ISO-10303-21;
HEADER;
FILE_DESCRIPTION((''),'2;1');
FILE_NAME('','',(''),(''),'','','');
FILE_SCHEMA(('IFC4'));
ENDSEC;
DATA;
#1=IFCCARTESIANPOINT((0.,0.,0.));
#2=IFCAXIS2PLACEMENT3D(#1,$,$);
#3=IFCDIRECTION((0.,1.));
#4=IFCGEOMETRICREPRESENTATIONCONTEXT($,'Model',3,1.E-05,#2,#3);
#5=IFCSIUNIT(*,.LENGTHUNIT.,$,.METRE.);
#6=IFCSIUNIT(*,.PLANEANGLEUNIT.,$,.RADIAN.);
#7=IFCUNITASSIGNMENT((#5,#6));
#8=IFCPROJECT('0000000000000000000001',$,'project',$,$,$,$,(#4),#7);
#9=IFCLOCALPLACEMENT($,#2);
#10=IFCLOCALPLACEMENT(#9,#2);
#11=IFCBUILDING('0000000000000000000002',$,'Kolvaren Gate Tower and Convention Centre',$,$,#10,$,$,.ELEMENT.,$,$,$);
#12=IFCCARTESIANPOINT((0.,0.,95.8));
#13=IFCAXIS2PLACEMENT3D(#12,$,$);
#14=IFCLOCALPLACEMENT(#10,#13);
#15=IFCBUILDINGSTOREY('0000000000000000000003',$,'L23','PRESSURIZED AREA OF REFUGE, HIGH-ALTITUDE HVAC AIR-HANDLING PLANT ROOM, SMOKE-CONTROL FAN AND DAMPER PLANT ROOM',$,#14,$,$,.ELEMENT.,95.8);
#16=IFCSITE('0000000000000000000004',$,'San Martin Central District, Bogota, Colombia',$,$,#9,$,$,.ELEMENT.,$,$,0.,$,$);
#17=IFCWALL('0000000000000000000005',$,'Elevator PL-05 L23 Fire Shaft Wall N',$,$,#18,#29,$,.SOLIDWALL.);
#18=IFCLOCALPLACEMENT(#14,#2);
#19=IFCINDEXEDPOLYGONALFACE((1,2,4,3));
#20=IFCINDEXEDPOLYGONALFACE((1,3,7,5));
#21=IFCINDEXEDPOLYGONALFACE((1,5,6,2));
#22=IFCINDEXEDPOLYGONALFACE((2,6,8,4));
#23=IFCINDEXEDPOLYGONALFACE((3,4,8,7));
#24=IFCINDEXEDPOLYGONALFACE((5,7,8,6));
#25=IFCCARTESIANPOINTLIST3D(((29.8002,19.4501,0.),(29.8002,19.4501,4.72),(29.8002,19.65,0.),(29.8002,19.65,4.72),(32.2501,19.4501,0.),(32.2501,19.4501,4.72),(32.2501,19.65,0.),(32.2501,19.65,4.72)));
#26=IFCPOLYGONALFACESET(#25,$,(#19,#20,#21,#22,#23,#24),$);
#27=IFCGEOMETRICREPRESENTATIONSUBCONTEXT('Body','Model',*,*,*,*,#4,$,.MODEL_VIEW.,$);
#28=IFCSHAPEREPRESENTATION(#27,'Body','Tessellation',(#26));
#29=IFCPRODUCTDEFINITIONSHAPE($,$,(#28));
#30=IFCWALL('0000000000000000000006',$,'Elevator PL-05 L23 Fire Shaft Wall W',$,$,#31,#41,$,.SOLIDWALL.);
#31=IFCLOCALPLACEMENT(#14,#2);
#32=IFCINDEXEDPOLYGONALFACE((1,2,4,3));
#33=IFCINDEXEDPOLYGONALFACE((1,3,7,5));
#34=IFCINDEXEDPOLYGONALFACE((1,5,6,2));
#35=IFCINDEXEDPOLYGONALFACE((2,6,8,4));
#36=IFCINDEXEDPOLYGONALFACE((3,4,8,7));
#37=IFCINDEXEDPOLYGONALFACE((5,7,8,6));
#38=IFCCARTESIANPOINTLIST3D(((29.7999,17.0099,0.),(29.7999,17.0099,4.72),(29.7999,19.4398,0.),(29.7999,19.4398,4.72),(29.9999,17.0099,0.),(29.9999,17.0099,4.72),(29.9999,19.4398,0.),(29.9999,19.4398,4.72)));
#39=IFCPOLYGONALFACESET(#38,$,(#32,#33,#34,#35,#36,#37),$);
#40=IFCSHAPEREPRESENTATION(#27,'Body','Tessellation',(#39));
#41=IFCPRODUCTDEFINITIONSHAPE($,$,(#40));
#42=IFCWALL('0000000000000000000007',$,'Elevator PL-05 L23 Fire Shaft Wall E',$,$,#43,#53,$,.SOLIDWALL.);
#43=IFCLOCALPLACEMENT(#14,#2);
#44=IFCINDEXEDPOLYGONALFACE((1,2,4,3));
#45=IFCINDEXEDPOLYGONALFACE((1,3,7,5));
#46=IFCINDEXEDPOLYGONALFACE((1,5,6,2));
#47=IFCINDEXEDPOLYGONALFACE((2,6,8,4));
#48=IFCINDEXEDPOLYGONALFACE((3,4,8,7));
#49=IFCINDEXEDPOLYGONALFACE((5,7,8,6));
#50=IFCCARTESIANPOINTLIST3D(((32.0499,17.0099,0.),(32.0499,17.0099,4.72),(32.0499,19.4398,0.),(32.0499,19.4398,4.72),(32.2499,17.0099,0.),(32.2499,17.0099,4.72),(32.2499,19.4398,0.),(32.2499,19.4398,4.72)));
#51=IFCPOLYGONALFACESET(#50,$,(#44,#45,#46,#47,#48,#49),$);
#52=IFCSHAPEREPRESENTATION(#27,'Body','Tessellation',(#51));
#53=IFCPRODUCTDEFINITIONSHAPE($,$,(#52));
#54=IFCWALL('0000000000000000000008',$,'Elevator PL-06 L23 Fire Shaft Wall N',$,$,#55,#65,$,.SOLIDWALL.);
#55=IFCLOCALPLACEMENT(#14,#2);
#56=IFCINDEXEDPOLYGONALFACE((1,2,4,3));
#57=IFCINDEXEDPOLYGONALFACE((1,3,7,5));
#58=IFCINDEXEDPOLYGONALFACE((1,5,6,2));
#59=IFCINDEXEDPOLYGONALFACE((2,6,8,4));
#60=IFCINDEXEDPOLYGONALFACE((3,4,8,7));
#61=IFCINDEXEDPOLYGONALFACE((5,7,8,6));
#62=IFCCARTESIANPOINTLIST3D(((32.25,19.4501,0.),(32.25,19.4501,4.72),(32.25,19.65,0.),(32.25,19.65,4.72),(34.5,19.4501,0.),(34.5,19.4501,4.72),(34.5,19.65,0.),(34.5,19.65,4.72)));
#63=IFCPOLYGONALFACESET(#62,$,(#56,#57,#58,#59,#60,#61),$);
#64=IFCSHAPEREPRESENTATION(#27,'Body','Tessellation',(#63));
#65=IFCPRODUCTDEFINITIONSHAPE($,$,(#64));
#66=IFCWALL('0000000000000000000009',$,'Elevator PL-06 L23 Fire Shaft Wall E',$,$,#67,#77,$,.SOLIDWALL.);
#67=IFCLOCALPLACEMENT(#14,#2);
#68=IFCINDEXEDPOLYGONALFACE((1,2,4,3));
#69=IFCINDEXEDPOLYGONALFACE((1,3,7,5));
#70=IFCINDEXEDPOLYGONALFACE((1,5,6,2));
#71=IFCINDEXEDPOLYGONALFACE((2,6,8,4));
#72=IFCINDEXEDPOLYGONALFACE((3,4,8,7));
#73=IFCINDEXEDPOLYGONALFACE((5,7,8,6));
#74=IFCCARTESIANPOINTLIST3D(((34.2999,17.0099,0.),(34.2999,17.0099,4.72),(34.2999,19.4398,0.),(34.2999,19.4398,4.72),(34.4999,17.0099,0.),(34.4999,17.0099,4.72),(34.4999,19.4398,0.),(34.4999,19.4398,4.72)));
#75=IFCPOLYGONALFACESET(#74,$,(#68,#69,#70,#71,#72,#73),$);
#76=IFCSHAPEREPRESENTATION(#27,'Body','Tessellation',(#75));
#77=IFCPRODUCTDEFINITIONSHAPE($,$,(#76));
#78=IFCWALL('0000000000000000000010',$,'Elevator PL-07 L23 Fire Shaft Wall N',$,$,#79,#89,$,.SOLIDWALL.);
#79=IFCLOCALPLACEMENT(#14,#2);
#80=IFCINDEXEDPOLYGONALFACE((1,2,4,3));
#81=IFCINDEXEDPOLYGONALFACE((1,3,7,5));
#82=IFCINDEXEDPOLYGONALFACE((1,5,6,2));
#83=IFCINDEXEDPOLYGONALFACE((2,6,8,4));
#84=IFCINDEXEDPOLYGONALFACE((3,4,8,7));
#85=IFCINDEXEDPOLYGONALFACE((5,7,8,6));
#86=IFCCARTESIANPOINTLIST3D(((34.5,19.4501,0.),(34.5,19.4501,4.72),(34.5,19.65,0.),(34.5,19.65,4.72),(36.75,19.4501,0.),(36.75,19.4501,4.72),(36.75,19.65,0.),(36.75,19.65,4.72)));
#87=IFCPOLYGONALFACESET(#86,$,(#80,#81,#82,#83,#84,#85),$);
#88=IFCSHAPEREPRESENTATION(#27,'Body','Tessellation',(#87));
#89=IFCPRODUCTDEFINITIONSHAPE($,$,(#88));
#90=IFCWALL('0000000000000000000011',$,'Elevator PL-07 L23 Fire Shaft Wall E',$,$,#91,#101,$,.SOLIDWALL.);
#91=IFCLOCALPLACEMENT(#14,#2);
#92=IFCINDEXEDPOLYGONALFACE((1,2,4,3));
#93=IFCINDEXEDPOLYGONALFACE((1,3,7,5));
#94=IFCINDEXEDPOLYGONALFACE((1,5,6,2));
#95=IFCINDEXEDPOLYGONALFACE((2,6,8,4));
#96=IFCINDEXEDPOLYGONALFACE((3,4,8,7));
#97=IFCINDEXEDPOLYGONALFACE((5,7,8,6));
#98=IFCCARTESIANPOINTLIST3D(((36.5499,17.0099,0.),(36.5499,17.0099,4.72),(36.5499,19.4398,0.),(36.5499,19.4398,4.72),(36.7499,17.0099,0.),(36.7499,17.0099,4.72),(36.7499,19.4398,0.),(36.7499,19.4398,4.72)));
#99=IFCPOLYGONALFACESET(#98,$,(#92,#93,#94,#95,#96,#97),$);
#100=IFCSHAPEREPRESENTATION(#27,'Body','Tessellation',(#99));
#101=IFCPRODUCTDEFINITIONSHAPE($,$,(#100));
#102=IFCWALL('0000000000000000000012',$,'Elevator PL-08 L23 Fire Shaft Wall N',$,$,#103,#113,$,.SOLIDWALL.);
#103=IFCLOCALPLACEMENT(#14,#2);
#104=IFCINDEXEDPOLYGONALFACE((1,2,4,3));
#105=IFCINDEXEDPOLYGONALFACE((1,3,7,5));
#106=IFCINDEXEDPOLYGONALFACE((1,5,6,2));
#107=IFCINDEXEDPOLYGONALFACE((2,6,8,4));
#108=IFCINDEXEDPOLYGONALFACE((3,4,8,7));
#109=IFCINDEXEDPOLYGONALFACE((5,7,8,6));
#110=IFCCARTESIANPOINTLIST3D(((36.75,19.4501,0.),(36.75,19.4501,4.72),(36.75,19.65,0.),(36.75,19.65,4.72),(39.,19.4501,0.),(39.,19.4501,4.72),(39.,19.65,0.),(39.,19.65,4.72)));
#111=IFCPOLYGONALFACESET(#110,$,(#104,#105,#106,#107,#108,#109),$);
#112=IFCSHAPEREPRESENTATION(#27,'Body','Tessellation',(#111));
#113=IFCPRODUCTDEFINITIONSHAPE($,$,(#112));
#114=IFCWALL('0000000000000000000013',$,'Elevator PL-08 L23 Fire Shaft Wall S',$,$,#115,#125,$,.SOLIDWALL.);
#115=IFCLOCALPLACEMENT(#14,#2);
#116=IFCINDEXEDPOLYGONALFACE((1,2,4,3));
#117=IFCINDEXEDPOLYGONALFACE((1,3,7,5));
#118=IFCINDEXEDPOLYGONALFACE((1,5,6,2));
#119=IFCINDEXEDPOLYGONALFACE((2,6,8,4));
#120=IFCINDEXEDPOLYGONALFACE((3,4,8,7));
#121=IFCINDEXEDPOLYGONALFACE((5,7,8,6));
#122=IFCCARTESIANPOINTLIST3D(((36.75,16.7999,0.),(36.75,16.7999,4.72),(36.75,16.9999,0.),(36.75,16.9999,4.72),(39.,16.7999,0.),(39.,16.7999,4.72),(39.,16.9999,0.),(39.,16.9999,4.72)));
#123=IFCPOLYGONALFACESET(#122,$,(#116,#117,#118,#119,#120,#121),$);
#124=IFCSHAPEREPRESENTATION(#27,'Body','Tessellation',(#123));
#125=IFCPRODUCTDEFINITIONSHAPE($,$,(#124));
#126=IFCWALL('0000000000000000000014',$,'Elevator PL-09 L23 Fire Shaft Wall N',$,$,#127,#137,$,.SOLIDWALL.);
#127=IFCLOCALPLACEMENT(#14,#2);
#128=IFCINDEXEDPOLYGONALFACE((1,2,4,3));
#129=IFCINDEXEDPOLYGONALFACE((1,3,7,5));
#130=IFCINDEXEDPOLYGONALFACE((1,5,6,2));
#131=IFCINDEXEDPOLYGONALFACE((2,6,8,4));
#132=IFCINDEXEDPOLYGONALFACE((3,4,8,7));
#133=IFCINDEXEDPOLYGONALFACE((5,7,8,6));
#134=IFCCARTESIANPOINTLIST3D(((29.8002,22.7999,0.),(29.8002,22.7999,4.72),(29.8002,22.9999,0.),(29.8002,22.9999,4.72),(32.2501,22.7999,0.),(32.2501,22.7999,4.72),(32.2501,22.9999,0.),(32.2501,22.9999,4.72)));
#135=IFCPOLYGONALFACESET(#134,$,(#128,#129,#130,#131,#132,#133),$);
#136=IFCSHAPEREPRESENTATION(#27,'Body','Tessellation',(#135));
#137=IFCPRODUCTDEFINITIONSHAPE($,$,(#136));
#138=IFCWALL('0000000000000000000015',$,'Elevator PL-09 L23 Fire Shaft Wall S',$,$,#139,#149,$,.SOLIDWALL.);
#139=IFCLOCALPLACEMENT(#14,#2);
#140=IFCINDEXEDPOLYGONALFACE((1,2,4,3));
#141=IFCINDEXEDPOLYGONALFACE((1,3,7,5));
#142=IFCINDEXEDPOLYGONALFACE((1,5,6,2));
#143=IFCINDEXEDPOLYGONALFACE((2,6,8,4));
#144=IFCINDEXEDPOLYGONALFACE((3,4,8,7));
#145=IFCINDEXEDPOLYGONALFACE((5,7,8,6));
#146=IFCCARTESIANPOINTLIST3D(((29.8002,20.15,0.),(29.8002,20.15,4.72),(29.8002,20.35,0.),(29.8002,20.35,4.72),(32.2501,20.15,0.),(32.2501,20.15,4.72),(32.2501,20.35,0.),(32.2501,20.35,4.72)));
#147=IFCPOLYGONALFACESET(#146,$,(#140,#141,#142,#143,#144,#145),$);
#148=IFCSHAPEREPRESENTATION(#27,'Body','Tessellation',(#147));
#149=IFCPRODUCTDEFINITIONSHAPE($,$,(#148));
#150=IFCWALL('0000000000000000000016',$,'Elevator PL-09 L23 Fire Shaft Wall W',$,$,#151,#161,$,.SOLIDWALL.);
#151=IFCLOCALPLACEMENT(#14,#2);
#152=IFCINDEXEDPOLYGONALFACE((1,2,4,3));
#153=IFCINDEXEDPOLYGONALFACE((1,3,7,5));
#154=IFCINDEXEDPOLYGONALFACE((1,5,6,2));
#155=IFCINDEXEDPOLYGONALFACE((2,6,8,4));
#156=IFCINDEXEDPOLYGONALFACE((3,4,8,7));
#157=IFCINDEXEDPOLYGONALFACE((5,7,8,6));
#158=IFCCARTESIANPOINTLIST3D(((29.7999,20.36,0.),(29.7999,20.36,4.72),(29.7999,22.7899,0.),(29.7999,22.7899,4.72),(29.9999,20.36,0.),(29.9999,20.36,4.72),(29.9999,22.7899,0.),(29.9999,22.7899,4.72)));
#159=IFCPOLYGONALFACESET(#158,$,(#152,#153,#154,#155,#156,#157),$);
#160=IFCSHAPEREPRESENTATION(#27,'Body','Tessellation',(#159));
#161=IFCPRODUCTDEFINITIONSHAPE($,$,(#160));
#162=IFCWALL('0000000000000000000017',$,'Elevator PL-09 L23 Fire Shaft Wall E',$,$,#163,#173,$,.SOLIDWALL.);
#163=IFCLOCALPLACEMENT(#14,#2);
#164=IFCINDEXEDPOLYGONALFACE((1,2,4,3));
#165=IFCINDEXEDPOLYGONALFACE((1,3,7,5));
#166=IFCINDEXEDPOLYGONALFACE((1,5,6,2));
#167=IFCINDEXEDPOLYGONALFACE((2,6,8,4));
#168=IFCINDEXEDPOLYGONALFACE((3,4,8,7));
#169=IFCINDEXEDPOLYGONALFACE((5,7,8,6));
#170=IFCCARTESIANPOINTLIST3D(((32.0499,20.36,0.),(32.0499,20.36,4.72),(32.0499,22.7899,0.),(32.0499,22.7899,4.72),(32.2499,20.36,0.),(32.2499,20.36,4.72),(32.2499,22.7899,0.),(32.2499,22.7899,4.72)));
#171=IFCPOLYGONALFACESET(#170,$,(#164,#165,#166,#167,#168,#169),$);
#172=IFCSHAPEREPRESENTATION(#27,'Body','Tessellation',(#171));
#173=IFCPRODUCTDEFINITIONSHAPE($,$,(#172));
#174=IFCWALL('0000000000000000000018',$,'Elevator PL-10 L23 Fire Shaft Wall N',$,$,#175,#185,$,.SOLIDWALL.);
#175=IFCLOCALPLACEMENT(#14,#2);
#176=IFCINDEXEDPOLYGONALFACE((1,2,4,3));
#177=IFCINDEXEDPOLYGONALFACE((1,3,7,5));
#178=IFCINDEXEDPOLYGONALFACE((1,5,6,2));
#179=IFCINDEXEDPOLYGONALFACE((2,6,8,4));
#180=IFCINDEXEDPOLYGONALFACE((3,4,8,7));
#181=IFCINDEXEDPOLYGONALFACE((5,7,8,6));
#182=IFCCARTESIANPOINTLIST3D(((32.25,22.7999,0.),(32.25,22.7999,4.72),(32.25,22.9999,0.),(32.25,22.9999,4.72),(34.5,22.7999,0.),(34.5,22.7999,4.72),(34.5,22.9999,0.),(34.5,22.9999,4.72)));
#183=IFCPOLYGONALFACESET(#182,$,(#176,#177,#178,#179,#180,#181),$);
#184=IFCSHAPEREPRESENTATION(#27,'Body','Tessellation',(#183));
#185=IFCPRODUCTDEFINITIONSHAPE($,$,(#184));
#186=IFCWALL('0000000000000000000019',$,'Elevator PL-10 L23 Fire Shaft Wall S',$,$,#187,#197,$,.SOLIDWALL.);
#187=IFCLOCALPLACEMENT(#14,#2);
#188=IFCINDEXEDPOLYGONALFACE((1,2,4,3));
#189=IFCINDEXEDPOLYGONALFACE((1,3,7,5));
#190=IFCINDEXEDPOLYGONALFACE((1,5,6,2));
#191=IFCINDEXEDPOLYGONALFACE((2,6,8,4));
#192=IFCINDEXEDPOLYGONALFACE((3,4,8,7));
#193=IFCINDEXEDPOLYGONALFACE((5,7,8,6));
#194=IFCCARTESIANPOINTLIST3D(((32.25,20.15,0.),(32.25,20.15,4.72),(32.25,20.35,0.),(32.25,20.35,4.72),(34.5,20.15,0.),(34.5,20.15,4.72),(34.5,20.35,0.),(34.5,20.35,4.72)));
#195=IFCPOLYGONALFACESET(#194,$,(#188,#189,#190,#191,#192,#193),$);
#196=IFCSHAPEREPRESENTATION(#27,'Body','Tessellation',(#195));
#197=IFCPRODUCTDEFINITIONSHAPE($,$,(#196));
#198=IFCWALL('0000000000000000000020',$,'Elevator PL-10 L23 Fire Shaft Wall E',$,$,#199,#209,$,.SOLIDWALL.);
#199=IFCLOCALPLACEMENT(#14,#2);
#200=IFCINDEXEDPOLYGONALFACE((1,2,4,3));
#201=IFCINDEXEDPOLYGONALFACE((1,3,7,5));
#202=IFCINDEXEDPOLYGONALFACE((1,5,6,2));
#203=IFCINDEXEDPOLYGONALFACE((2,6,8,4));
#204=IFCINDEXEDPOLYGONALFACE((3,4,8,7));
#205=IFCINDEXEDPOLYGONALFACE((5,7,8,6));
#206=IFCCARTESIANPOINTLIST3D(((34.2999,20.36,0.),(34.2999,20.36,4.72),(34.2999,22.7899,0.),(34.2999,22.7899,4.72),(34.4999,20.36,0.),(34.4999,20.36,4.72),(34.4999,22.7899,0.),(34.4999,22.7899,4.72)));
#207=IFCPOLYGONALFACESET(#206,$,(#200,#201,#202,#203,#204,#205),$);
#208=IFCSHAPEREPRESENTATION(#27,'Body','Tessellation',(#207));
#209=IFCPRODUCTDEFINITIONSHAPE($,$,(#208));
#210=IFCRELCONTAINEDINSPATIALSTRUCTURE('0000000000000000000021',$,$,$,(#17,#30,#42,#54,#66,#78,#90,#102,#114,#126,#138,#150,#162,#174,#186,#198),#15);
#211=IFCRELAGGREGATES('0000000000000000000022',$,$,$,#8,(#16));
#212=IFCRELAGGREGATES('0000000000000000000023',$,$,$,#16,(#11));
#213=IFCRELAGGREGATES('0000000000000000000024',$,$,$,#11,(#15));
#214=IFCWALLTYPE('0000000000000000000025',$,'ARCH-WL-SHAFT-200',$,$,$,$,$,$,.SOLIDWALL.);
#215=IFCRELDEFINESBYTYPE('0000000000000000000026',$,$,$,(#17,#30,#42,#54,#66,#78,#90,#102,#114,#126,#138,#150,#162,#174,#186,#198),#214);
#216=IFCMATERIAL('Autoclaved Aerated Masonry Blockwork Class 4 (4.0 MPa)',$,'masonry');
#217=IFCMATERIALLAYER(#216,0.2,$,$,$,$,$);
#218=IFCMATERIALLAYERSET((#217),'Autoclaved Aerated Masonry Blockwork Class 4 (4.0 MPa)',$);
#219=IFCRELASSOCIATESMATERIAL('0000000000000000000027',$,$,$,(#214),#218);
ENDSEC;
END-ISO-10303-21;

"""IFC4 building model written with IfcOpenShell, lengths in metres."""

from ifc_helpers import new_model, si_unit, direction, frame, frame_2d, origin, place, context, subcontext, project, spatial, rectangle, extrude, material, layer, layer_set, type_object, element, save


model = new_model("IFC4")

# Units and contexts
model_context = context("Model", 3, precision=1e-05, world=origin(), true_north=direction((0.0, 1.0)))
body_context = subcontext(model_context, "Body", "Model", "MODEL_VIEW")
ifc_project = project(units=[si_unit("LENGTHUNIT", "METRE"), si_unit("PLANEANGLEUNIT", "RADIAN")], contexts=[model_context])

# Site, building, storey
site_placement = place(None, origin())
site = spatial("IfcSite", under=ifc_project, at=site_placement, Name="San Martin Central District, Bogota, Colombia", CompositionType="ELEMENT", RefElevation=0.0)
building_placement = place(site_placement, origin())
building = spatial("IfcBuilding", under=site, at=building_placement, Name="Kolvaren Gate Tower and Convention Centre", CompositionType="ELEMENT")
storey_placement = place(building_placement, frame((0.0, 0.0, 95.8)))
storey = spatial("IfcBuildingStorey", under=building, at=storey_placement, Name="L23", Description="PRESSURIZED AREA OF REFUGE, HIGH-ALTITUDE HVAC AIR-HANDLING PLANT ROOM, SMOKE-CONTROL FAN AND DAMPER PLANT ROOM", CompositionType="ELEMENT", Elevation=95.8)

# Walls
ifc_material_1 = material(Name="Autoclaved Aerated Masonry Blockwork Class 4 (4.0 MPa)", Category="masonry")
ifc_layer = layer(ifc_material_1, 0.2)
ifc_layer_set = layer_set([ifc_layer], Name="Autoclaved Aerated Masonry Blockwork Class 4 (4.0 MPa)")
wall_type = type_object("IfcWallType", Name="ARCH-WL-SHAFT-200", PredefinedType="SOLIDWALL", material=ifc_layer_set)
wall_1_placement = place(storey_placement, frame((29.8, 19.55, 0.0), z_axis=(0.0, 0.0, 1.0), x_axis=(1.0, 0.0, 0.0)))
element("IfcWall", 1, at=wall_1_placement, inside=storey, type_object=wall_type, Name="Elevator PL-05 L23 Fire Shaft Wall N", PredefinedType="SOLIDWALL", context=body_context, shape_type="SweptSolid", body=[
    extrude(rectangle(XDim=2.45, YDim=0.2, at=frame_2d((1.2251, 0.0))), origin(), (0.0, 0.0, 1.0), 4.72),
])
for number, where, z_axis, x_axis, name in (
    (2, (29.8999, 17.01, 0.0), (0.0, 0.0, 1.0), (0.0, 1.0, 0.0), "Elevator PL-05 L23 Fire Shaft Wall W"),
    (3, (32.1499, 17.01, 0.0), (0.0, 0.0, 1.0), (0.0, 1.0, 0.0), "Elevator PL-05 L23 Fire Shaft Wall E"),
):
    element("IfcWall", number, at=place(storey_placement, frame(where, z_axis=z_axis, x_axis=x_axis)), inside=storey, type_object=wall_type, Name=name, PredefinedType="SOLIDWALL", context=body_context, shape_type="SweptSolid", body=[
        extrude(rectangle(XDim=2.4299, YDim=0.2, at=frame_2d((1.2148, 0.0))), origin(), (0.0, 0.0, 1.0), 4.72),
    ])
wall_2_placement = place(storey_placement, frame((32.25, 19.55, 0.0), z_axis=(0.0, 0.0, 1.0), x_axis=(1.0, 0.0, 0.0)))
element("IfcWall", 4, at=wall_2_placement, inside=storey, type_object=wall_type, Name="Elevator PL-06 L23 Fire Shaft Wall N", PredefinedType="SOLIDWALL", context=body_context, shape_type="SweptSolid", body=[
    extrude(rectangle(XDim=2.25, YDim=0.2, at=frame_2d((1.125, 0.0))), origin(), (0.0, 0.0, 1.0), 4.72),
])
wall_3_placement = place(storey_placement, frame((34.3999, 17.01, 0.0), z_axis=(0.0, 0.0, 1.0), x_axis=(0.0, 1.0, 0.0)))
element("IfcWall", 5, at=wall_3_placement, inside=storey, type_object=wall_type, Name="Elevator PL-06 L23 Fire Shaft Wall E", PredefinedType="SOLIDWALL", context=body_context, shape_type="SweptSolid", body=[
    extrude(rectangle(XDim=2.4299, YDim=0.2, at=frame_2d((1.2148, 0.0))), origin(), (0.0, 0.0, 1.0), 4.72),
])
wall_4_placement = place(storey_placement, frame((34.5, 19.55, 0.0), z_axis=(0.0, 0.0, 1.0), x_axis=(1.0, 0.0, 0.0)))
element("IfcWall", 6, at=wall_4_placement, inside=storey, type_object=wall_type, Name="Elevator PL-07 L23 Fire Shaft Wall N", PredefinedType="SOLIDWALL", context=body_context, shape_type="SweptSolid", body=[
    extrude(rectangle(XDim=2.25, YDim=0.2, at=frame_2d((1.125, 0.0))), origin(), (0.0, 0.0, 1.0), 4.72),
])
wall_5_placement = place(storey_placement, frame((36.6499, 17.01, 0.0), z_axis=(0.0, 0.0, 1.0), x_axis=(0.0, 1.0, 0.0)))
element("IfcWall", 7, at=wall_5_placement, inside=storey, type_object=wall_type, Name="Elevator PL-07 L23 Fire Shaft Wall E", PredefinedType="SOLIDWALL", context=body_context, shape_type="SweptSolid", body=[
    extrude(rectangle(XDim=2.4299, YDim=0.2, at=frame_2d((1.2148, 0.0))), origin(), (0.0, 0.0, 1.0), 4.72),
])
for number, where, z_axis, x_axis, name in (
    (8, (36.75, 19.55, 0.0), (0.0, 0.0, 1.0), (1.0, 0.0, 0.0), "Elevator PL-08 L23 Fire Shaft Wall N"),
    (9, (36.75, 16.8999, 0.0), (0.0, 0.0, 1.0), (1.0, 0.0, 0.0), "Elevator PL-08 L23 Fire Shaft Wall S"),
):
    element("IfcWall", number, at=place(storey_placement, frame(where, z_axis=z_axis, x_axis=x_axis)), inside=storey, type_object=wall_type, Name=name, PredefinedType="SOLIDWALL", context=body_context, shape_type="SweptSolid", body=[
        extrude(rectangle(XDim=2.25, YDim=0.2, at=frame_2d((1.125, 0.0))), origin(), (0.0, 0.0, 1.0), 4.72),
    ])
for number, where, z_axis, x_axis, name in (
    (10, (29.8, 22.8999, 0.0), (0.0, 0.0, 1.0), (1.0, 0.0, 0.0), "Elevator PL-09 L23 Fire Shaft Wall N"),
    (11, (29.8, 20.25, 0.0), (0.0, 0.0, 1.0), (1.0, 0.0, 0.0), "Elevator PL-09 L23 Fire Shaft Wall S"),
):
    element("IfcWall", number, at=place(storey_placement, frame(where, z_axis=z_axis, x_axis=x_axis)), inside=storey, type_object=wall_type, Name=name, PredefinedType="SOLIDWALL", context=body_context, shape_type="SweptSolid", body=[
        extrude(rectangle(XDim=2.45, YDim=0.2, at=frame_2d((1.2251, 0.0))), origin(), (0.0, 0.0, 1.0), 4.72),
    ])
for number, where, z_axis, x_axis, name in (
    (12, (29.8999, 20.3601, 0.0), (0.0, 0.0, 1.0), (0.0, 1.0, 0.0), "Elevator PL-09 L23 Fire Shaft Wall W"),
    (13, (32.1499, 20.3601, 0.0), (0.0, 0.0, 1.0), (0.0, 1.0, 0.0), "Elevator PL-09 L23 Fire Shaft Wall E"),
):
    element("IfcWall", number, at=place(storey_placement, frame(where, z_axis=z_axis, x_axis=x_axis)), inside=storey, type_object=wall_type, Name=name, PredefinedType="SOLIDWALL", context=body_context, shape_type="SweptSolid", body=[
        extrude(rectangle(XDim=2.4299, YDim=0.2, at=frame_2d((1.2148, 0.0))), origin(), (0.0, 0.0, 1.0), 4.72),
    ])
for number, where, z_axis, x_axis, name in (
    (14, (32.25, 22.8999, 0.0), (0.0, 0.0, 1.0), (1.0, 0.0, 0.0), "Elevator PL-10 L23 Fire Shaft Wall N"),
    (15, (32.25, 20.25, 0.0), (0.0, 0.0, 1.0), (1.0, 0.0, 0.0), "Elevator PL-10 L23 Fire Shaft Wall S"),
):
    element("IfcWall", number, at=place(storey_placement, frame(where, z_axis=z_axis, x_axis=x_axis)), inside=storey, type_object=wall_type, Name=name, PredefinedType="SOLIDWALL", context=body_context, shape_type="SweptSolid", body=[
        extrude(rectangle(XDim=2.25, YDim=0.2, at=frame_2d((1.125, 0.0))), origin(), (0.0, 0.0, 1.0), 4.72),
    ])
wall_6_placement = place(storey_placement, frame((34.3999, 20.3601, 0.0), z_axis=(0.0, 0.0, 1.0), x_axis=(0.0, 1.0, 0.0)))
element("IfcWall", 16, at=wall_6_placement, inside=storey, type_object=wall_type, Name="Elevator PL-10 L23 Fire Shaft Wall E", PredefinedType="SOLIDWALL", context=body_context, shape_type="SweptSolid", body=[
    extrude(rectangle(XDim=2.4299, YDim=0.2, at=frame_2d((1.2148, 0.0))), origin(), (0.0, 0.0, 1.0), 4.72),
])

save(model, "model.ifc")
